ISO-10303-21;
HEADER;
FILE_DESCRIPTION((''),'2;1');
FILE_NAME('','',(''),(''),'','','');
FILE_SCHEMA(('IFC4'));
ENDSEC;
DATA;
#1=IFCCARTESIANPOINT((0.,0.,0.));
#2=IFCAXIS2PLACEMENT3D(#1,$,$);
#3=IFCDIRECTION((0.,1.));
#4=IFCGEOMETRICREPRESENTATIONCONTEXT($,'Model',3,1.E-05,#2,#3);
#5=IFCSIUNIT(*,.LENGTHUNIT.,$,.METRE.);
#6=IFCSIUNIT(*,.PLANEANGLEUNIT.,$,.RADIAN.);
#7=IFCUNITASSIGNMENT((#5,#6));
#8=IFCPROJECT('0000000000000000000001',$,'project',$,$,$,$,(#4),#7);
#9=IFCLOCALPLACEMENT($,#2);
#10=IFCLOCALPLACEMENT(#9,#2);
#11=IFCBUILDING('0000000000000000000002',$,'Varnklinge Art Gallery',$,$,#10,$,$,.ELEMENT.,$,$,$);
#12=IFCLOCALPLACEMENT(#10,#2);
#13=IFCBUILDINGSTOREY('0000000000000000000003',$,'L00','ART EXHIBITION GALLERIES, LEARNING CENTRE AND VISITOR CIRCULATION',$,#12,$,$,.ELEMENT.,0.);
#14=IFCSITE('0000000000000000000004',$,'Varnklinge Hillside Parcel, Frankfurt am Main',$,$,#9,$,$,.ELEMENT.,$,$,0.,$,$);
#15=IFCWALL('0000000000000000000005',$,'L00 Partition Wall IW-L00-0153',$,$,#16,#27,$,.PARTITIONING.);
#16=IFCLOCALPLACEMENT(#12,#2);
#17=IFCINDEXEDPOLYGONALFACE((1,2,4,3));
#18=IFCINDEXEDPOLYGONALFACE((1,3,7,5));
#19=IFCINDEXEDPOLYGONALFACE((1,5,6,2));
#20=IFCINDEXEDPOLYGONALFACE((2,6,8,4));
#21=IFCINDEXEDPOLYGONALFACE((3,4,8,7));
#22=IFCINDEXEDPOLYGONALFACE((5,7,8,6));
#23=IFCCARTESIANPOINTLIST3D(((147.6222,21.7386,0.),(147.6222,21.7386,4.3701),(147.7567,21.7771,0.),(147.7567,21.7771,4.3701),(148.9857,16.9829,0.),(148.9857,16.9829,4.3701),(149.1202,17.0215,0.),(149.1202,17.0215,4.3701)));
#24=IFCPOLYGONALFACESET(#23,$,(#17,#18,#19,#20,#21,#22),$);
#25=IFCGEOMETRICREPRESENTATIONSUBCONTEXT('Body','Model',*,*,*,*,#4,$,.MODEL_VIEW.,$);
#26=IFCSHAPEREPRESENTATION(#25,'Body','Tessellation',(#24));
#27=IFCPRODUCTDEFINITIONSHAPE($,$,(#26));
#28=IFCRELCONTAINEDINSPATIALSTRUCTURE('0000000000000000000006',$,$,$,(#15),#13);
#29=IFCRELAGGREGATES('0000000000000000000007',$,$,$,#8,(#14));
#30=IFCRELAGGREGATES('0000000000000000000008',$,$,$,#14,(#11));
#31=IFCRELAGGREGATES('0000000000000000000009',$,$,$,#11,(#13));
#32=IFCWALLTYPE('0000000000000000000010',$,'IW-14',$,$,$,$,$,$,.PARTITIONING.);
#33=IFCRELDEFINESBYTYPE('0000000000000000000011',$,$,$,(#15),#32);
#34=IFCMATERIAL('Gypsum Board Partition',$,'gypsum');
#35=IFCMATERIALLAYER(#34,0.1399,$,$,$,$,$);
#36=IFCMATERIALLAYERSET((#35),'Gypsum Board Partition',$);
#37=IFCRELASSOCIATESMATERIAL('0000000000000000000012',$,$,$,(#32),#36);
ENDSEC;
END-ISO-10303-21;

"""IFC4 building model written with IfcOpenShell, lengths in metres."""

from ifc_helpers import new_model, si_unit, direction, frame, frame_2d, origin, place, context, subcontext, project, spatial, rectangle, extrude, material, layer, layer_set, type_object, element, save


model = new_model("IFC4")

# Units and contexts
model_context = context("Model", 3, precision=1e-05, world=origin(), true_north=direction((0.0, 1.0)))
body_context = subcontext(model_context, "Body", "Model", "MODEL_VIEW")
ifc_project = project(units=[si_unit("LENGTHUNIT", "METRE"), si_unit("PLANEANGLEUNIT", "RADIAN")], contexts=[model_context])

# Site, building, storey
site_placement = place(None, origin())
site = spatial("IfcSite", under=ifc_project, at=site_placement, Name="Varnklinge Hillside Parcel, Frankfurt am Main", CompositionType="ELEMENT", RefElevation=0.0)
building_placement = place(site_placement, origin())
building = spatial("IfcBuilding", under=site, at=building_placement, Name="Varnklinge Art Gallery", CompositionType="ELEMENT")
storey_placement = place(building_placement, origin())
storey = spatial("IfcBuildingStorey", under=building, at=storey_placement, Name="L00", Description="ART EXHIBITION GALLERIES, LEARNING CENTRE AND VISITOR CIRCULATION", CompositionType="ELEMENT", Elevation=0.0)

# Shared definitions
ifc_material_1 = material(Name="Gypsum Board Partition", Category="gypsum")
ifc_layer_1 = layer(ifc_material_1, 0.1399)
ifc_layer_set_1 = layer_set([ifc_layer_1], Name="Gypsum Board Partition")
wall_type_1 = type_object("IfcWallType", Name="IW-14", PredefinedType="PARTITIONING", material=ifc_layer_set_1)

# Wall
wall_1_placement = place(storey_placement, frame((149.053, 17.0022, 0.0), z_axis=(0.0, 0.0, 1.0), x_axis=(-0.275614, 0.961268, 0.0)))
element("IfcWall", 1, at=wall_1_placement, inside=storey, type_object=wall_type_1, Name="L00 Partition Wall IW-L00-0153", PredefinedType="PARTITIONING", context=body_context, shape_type="SweptSolid", body=[
    extrude(rectangle(XDim=4.9473, YDim=0.1399, at=frame_2d((2.4736, 0.0))), origin(), (0.0, 0.0, 1.0), 4.3701),
])

save(model, "model.ifc")
